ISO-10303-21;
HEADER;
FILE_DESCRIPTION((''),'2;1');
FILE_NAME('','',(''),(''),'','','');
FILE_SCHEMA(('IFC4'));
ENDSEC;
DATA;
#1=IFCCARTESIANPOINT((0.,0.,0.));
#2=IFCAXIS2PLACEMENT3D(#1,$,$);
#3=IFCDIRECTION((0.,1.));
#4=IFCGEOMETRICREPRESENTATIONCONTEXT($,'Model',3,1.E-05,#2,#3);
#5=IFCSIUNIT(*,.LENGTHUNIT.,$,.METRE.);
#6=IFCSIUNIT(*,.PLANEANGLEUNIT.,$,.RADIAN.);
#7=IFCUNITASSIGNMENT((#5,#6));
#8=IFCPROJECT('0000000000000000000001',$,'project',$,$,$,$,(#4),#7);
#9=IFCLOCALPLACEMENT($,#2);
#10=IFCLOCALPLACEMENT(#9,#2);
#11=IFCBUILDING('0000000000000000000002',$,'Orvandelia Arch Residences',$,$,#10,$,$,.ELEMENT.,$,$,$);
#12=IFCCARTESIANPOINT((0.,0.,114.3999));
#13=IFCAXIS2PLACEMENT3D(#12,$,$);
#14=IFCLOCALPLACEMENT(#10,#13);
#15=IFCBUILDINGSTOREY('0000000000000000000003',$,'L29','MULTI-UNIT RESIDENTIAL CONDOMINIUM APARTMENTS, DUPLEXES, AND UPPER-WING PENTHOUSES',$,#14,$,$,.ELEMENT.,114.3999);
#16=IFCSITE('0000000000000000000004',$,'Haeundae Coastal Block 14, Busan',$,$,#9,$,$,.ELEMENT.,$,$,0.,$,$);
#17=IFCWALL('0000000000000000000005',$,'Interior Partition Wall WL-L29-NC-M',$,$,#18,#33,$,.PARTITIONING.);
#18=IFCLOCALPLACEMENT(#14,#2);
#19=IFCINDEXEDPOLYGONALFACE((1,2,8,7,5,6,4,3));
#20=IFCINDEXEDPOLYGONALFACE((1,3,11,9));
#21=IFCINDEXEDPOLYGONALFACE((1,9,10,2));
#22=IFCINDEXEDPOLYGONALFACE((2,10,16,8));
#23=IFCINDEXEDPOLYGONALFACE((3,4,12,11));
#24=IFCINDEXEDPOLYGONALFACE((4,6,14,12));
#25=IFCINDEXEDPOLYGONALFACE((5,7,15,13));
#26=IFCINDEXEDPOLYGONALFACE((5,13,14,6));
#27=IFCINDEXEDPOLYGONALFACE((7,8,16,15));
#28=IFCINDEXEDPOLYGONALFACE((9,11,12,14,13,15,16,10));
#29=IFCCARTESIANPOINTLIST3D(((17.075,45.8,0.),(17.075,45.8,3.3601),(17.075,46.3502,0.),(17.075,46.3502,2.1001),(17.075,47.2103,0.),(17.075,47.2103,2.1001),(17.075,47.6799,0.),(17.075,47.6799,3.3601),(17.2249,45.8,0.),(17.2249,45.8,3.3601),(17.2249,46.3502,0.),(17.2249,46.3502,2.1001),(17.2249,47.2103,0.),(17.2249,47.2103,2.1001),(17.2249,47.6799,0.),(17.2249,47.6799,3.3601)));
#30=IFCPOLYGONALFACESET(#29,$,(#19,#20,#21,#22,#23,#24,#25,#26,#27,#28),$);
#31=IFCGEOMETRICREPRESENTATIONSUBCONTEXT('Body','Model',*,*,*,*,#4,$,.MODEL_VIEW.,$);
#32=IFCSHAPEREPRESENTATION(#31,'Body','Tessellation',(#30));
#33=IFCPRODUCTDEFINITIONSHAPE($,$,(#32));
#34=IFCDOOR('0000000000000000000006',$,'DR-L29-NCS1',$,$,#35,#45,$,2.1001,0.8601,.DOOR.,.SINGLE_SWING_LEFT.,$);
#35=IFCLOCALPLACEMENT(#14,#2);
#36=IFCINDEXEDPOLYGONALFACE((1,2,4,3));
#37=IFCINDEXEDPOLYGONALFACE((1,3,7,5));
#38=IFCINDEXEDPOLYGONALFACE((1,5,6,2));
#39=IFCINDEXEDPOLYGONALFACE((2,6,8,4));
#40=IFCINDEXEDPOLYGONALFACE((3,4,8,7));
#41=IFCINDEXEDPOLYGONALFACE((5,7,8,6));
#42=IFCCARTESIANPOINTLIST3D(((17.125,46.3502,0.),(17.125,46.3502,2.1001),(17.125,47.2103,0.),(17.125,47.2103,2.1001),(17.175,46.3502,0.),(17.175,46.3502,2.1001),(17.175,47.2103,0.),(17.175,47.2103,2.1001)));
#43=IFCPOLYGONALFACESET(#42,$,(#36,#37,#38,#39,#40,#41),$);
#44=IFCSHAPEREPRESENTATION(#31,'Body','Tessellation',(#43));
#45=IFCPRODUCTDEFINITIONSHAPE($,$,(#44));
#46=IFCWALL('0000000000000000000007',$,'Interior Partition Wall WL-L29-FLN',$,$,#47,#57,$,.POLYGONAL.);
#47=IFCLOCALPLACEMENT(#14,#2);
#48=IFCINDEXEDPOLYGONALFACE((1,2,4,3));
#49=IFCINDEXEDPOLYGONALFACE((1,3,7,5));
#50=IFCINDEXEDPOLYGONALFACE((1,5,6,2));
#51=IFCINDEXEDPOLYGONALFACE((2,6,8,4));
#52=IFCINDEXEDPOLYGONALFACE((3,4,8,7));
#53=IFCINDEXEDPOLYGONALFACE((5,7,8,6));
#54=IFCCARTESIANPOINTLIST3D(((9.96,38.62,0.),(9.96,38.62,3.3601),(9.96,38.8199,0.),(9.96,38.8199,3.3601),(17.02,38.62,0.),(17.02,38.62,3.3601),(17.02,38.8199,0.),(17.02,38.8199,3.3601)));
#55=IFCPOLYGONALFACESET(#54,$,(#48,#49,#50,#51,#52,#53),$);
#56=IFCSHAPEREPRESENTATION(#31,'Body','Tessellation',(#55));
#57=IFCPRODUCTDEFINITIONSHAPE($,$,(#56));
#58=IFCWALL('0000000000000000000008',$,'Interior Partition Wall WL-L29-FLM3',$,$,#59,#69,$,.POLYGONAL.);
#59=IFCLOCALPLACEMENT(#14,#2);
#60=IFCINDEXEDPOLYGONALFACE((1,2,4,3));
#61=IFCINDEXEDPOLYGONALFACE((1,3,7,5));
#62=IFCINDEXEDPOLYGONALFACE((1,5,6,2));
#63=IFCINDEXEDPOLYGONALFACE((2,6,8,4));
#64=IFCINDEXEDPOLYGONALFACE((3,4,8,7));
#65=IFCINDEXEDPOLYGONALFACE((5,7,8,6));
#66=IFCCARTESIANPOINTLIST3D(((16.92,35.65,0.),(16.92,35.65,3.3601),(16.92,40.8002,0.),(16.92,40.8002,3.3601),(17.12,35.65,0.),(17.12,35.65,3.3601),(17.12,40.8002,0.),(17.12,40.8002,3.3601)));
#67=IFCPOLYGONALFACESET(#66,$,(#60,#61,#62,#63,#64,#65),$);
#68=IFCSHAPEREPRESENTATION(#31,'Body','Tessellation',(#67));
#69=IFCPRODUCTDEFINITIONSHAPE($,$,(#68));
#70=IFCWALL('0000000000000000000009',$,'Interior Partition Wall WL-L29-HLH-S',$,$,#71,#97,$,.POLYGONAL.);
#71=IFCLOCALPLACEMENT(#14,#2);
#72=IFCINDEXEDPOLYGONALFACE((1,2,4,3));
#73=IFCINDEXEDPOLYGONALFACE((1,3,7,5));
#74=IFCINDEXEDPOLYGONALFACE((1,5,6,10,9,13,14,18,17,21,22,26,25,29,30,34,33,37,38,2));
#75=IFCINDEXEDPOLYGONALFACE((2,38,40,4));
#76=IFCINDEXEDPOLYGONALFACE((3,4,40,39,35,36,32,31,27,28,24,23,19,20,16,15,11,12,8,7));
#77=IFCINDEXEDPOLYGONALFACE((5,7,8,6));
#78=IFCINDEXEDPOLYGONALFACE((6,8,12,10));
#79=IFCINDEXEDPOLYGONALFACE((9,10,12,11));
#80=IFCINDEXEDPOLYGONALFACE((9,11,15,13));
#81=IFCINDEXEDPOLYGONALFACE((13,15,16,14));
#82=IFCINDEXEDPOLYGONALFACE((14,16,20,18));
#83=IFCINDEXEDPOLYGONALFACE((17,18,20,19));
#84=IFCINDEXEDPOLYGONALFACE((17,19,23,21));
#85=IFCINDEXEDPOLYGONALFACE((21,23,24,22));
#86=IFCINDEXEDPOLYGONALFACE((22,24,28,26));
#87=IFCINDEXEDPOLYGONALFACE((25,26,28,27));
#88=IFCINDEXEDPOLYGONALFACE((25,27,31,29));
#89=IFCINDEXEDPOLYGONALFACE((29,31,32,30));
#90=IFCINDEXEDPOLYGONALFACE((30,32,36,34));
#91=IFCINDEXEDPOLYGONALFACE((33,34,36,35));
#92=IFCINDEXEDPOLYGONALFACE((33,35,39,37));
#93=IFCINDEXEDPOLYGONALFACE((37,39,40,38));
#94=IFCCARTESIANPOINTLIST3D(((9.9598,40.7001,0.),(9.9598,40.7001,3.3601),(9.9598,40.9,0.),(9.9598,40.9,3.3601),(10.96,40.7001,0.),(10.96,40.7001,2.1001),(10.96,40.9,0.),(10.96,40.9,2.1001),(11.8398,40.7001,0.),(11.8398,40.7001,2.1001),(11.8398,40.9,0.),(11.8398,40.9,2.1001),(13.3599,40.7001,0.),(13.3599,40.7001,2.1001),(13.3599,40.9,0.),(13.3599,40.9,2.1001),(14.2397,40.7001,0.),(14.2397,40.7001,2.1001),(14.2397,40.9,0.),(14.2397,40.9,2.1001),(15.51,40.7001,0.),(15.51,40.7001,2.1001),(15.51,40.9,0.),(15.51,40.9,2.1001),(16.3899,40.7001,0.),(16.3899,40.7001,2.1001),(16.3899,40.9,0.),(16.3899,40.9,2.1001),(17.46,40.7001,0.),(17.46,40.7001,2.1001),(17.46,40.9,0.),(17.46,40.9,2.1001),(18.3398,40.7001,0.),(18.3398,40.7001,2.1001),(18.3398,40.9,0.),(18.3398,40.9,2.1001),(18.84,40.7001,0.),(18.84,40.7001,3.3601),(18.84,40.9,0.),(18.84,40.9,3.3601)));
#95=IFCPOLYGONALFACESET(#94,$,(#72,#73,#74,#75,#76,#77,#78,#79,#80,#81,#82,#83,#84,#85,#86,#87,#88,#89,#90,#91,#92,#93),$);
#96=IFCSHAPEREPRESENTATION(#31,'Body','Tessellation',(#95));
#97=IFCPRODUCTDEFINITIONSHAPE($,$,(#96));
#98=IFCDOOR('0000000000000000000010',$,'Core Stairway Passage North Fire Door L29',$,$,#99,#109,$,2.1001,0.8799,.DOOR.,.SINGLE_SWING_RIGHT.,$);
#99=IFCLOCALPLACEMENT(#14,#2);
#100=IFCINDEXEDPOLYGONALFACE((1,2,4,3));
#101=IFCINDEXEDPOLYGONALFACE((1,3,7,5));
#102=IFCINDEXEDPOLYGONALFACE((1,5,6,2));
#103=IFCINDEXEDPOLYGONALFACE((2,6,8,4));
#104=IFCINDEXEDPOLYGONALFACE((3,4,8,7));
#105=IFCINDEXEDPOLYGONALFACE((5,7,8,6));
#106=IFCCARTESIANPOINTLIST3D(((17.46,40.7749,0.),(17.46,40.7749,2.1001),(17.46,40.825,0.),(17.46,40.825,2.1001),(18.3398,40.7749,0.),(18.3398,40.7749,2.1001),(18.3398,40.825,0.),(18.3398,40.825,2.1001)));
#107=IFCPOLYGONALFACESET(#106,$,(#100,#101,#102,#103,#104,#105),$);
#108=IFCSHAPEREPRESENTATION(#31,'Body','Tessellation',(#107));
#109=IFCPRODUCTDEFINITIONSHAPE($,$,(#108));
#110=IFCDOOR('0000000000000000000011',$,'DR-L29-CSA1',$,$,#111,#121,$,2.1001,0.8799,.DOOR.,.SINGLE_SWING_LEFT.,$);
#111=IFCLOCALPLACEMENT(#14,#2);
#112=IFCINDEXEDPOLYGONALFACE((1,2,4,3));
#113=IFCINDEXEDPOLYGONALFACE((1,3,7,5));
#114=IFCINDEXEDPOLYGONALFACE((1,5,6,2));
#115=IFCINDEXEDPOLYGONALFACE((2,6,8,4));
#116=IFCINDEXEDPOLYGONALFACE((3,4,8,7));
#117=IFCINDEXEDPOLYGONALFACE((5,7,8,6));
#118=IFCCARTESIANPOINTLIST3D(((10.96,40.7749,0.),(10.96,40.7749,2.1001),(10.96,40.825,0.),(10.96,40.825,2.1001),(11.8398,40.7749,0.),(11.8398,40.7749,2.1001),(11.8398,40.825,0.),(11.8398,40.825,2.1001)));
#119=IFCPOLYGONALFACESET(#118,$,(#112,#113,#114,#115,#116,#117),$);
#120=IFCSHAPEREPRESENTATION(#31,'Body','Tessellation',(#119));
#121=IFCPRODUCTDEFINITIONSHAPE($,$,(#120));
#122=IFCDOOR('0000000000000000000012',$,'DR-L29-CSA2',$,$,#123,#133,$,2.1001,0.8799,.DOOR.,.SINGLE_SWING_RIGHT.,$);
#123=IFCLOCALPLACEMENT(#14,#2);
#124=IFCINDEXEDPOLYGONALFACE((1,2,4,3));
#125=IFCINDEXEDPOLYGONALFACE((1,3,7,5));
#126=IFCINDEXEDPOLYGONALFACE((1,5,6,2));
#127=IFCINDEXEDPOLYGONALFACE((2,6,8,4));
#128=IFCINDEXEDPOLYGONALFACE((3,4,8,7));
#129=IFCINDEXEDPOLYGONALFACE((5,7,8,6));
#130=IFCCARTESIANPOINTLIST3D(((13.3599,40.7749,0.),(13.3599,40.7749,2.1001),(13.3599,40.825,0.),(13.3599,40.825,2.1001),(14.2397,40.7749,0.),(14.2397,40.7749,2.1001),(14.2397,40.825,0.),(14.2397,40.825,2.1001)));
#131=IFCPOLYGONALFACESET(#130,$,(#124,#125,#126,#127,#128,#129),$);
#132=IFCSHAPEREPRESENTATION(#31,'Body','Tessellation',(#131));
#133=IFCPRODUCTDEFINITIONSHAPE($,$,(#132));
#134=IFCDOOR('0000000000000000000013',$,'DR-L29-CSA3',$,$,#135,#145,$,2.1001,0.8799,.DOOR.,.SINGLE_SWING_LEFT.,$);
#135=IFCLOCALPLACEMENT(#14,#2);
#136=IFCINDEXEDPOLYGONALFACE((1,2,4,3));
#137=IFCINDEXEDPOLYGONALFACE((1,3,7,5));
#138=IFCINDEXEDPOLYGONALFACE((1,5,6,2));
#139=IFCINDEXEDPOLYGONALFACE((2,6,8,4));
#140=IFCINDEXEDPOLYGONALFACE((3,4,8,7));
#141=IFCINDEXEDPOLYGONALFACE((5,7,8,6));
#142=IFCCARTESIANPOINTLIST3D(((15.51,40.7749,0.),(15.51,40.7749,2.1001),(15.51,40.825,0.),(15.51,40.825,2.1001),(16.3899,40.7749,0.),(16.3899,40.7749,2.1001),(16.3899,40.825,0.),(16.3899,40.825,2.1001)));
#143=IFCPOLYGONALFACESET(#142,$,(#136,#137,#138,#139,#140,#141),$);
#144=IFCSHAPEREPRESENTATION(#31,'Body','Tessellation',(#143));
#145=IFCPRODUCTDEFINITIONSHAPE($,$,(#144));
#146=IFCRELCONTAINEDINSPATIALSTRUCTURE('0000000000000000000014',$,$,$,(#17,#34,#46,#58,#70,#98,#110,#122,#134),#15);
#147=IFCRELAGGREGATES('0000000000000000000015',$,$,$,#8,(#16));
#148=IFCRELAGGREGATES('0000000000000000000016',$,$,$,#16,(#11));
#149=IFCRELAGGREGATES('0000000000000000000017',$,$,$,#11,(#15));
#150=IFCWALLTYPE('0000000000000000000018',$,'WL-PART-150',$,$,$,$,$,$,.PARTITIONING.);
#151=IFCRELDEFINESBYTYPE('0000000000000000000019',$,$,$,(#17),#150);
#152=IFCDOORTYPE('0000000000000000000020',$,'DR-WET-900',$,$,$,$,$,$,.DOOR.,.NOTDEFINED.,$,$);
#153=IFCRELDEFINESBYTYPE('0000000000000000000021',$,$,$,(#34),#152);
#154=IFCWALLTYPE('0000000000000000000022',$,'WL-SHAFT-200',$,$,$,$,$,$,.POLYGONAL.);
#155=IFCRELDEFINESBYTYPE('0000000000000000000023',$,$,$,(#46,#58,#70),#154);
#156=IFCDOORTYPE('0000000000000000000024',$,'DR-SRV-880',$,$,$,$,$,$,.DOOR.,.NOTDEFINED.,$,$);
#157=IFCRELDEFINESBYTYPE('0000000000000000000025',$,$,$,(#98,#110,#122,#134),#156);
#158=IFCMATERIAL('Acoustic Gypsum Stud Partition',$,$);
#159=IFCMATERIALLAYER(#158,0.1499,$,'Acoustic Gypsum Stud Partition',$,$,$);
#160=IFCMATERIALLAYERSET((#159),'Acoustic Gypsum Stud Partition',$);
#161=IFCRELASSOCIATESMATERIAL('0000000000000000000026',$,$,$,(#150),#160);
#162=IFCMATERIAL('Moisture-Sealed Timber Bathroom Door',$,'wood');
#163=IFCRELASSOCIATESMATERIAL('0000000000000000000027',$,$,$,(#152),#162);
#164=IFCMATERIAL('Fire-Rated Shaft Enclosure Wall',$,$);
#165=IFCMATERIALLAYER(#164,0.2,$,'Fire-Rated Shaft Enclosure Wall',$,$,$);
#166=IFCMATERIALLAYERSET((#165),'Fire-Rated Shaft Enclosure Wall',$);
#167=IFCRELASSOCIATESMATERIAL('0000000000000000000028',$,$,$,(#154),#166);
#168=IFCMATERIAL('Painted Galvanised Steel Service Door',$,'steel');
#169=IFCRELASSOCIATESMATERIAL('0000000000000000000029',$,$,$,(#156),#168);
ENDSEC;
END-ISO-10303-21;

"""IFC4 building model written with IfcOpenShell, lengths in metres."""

from ifc_helpers import new_model, si_unit, direction, frame, frame_2d, origin, place, context, subcontext, project, spatial, rectangle, extrude, material, layer, layer_set, type_object, element, fill, save


model = new_model("IFC4")

# Units and contexts
model_context = context("Model", 3, precision=1e-05, world=origin(), true_north=direction((0.0, 1.0)))
body_context = subcontext(model_context, "Body", "Model", "MODEL_VIEW")
ifc_project = project(units=[si_unit("LENGTHUNIT", "METRE"), si_unit("PLANEANGLEUNIT", "RADIAN")], contexts=[model_context])

# Site, building, storey
site_placement = place(None, origin())
site = spatial("IfcSite", under=ifc_project, at=site_placement, Name="Haeundae Coastal Block 14, Busan", CompositionType="ELEMENT", RefElevation=0.0)
building_placement = place(site_placement, origin())
building = spatial("IfcBuilding", under=site, at=building_placement, Name="Orvandelia Arch Residences", CompositionType="ELEMENT")
storey_placement = place(building_placement, frame((0.0, 0.0, 114.3999)))
storey = spatial("IfcBuildingStorey", under=building, at=storey_placement, Name="L29", Description="MULTI-UNIT RESIDENTIAL CONDOMINIUM APARTMENTS, DUPLEXES, AND UPPER-WING PENTHOUSES", CompositionType="ELEMENT", Elevation=114.3999)

# Shared definitions
ifc_material_1 = material(Name="Acoustic Gypsum Stud Partition")
ifc_layer_1 = layer(ifc_material_1, 0.1499, Name="Acoustic Gypsum Stud Partition")
ifc_layer_set_1 = layer_set([ifc_layer_1], Name="Acoustic Gypsum Stud Partition")
wall_type_1 = type_object("IfcWallType", Name="WL-PART-150", PredefinedType="PARTITIONING", material=ifc_layer_set_1)

# Wall, opening, door
wall_1_placement = place(storey_placement, frame((17.1499, 45.8, 0.0), z_axis=(0.0, 0.0, 1.0), x_axis=(0.0, 1.0, 0.0)))
wall_1 = element("IfcWall", 1, at=wall_1_placement, inside=storey, type_object=wall_type_1, Name="Interior Partition Wall WL-L29-NC-M", PredefinedType="PARTITIONING", context=body_context, shape_type="SweptSolid", body=[
    extrude(rectangle(XDim=1.8799, YDim=0.1499, at=frame_2d((0.9399, 0.0))), origin(), (0.0, 0.0, 1.0), 3.3601),
])
opening_1_placement = place(wall_1_placement, frame((0.55, 0.0, 0.0)))
opening_1 = element("IfcOpeningElement", 2, at=opening_1_placement, cuts=wall_1, PredefinedType="OPENING", context=body_context, shape_type="SweptSolid", body=[
    extrude(rectangle(XDim=0.8601, YDim=2.1001, at=frame_2d((0.4302, 1.05))), frame((0.0, 0.085, 0.0), z_axis=(0.0, -1.0, 0.0), x_axis=(1.0, 0.0, 0.0)), (0.0, 0.0, 1.0), 0.1699),
])
ifc_material_2 = material(Name="Moisture-Sealed Timber Bathroom Door", Category="wood")
door_type_1 = type_object("IfcDoorType", Name="DR-WET-900", OperationType="NOTDEFINED", PredefinedType="DOOR", material=ifc_material_2)
door_1_placement = place(opening_1_placement, origin())
door_1 = element("IfcDoor", 3, at=door_1_placement, inside=storey, type_object=door_type_1, Name="DR-L29-NCS1", OperationType="SINGLE_SWING_LEFT", OverallHeight=2.1001, OverallWidth=0.8601, PredefinedType="DOOR", context=body_context, shape_type="SweptSolid", body=[
    extrude(rectangle(XDim=0.8601, YDim=2.1001, at=frame_2d((0.4302, 1.05))), frame((0.0, 0.0249, 0.0), z_axis=(0.0, -1.0, 0.0), x_axis=(1.0, 0.0, 0.0)), (0.0, 0.0, 1.0), 0.05),
])
fill(opening_1, door_1)

# Walls
ifc_material_3 = material(Name="Fire-Rated Shaft Enclosure Wall")
ifc_layer_2 = layer(ifc_material_3, 0.2, Name="Fire-Rated Shaft Enclosure Wall")
ifc_layer_set_2 = layer_set([ifc_layer_2], Name="Fire-Rated Shaft Enclosure Wall")
wall_type_2 = type_object("IfcWallType", Name="WL-SHAFT-200", PredefinedType="POLYGONAL", material=ifc_layer_set_2)
wall_2_placement = place(storey_placement, frame((9.96, 38.72, 0.0), z_axis=(0.0, 0.0, 1.0), x_axis=(1.0, 0.0, 0.0)))
element("IfcWall", 4, at=wall_2_placement, inside=storey, type_object=wall_type_2, Name="Interior Partition Wall WL-L29-FLN", PredefinedType="POLYGONAL", context=body_context, shape_type="SweptSolid", body=[
    extrude(rectangle(XDim=7.0601, YDim=0.2, at=frame_2d((3.53, 0.0))), origin(), (0.0, 0.0, 1.0), 3.3601),
])
wall_3_placement = place(storey_placement, frame((17.02, 35.6499, 0.0), z_axis=(0.0, 0.0, 1.0), x_axis=(0.0, 1.0, 0.0)))
element("IfcWall", 5, at=wall_3_placement, inside=storey, type_object=wall_type_2, Name="Interior Partition Wall WL-L29-FLM3", PredefinedType="POLYGONAL", context=body_context, shape_type="SweptSolid", body=[
    extrude(rectangle(XDim=5.1501, YDim=0.2, at=frame_2d((2.5752, 0.0))), origin(), (0.0, 0.0, 1.0), 3.3601),
])

# Wall, openings, doors
wall_4_placement = place(storey_placement, frame((9.96, 40.8, 0.0), z_axis=(0.0, 0.0, 1.0), x_axis=(1.0, 0.0, 0.0)))
wall_4 = element("IfcWall", 6, at=wall_4_placement, inside=storey, type_object=wall_type_2, Name="Interior Partition Wall WL-L29-HLH-S", PredefinedType="POLYGONAL", context=body_context, shape_type="SweptSolid", body=[
    extrude(rectangle(XDim=8.8801, YDim=0.2, at=frame_2d((4.4399, 0.0))), origin(), (0.0, 0.0, 1.0), 3.3601),
])
opening_2_placement = place(wall_4_placement, frame((7.5, 0.0, 0.0)))
opening_2 = element("IfcOpeningElement", 7, at=opening_2_placement, cuts=wall_4, PredefinedType="OPENING", context=body_context, shape_type="SweptSolid", body=[
    extrude(rectangle(XDim=0.8799, YDim=2.1001, at=frame_2d((0.4399, 1.05))), frame((0.0, 0.1099, 0.0), z_axis=(0.0, -1.0, 0.0), x_axis=(1.0, 0.0, 0.0)), (0.0, 0.0, 1.0), 0.22),
])
opening_3_placement = place(wall_4_placement, frame((1.0, 0.0, 0.0)))
opening_3 = element("IfcOpeningElement", 8, at=opening_3_placement, cuts=wall_4, PredefinedType="OPENING", context=body_context, shape_type="SweptSolid", body=[
    extrude(rectangle(XDim=0.8799, YDim=2.1001, at=frame_2d((0.4399, 1.05))), frame((0.0, 0.1099, 0.0), z_axis=(0.0, -1.0, 0.0), x_axis=(1.0, 0.0, 0.0)), (0.0, 0.0, 1.0), 0.22),
])
opening_4_placement = place(wall_4_placement, frame((3.3999, 0.0, 0.0)))
opening_4 = element("IfcOpeningElement", 9, at=opening_4_placement, cuts=wall_4, PredefinedType="OPENING", context=body_context, shape_type="SweptSolid", body=[
    extrude(rectangle(XDim=0.8799, YDim=2.1001, at=frame_2d((0.4399, 1.05))), frame((0.0, 0.1099, 0.0), z_axis=(0.0, -1.0, 0.0), x_axis=(1.0, 0.0, 0.0)), (0.0, 0.0, 1.0), 0.22),
])
opening_5_placement = place(wall_4_placement, frame((5.55, 0.0, 0.0)))
opening_5 = element("IfcOpeningElement", 10, at=opening_5_placement, cuts=wall_4, PredefinedType="OPENING", context=body_context, shape_type="SweptSolid", body=[
    extrude(rectangle(XDim=0.8799, YDim=2.1001, at=frame_2d((0.4399, 1.05))), frame((0.0, 0.1099, 0.0), z_axis=(0.0, -1.0, 0.0), x_axis=(1.0, 0.0, 0.0)), (0.0, 0.0, 1.0), 0.22),
])
ifc_material_4 = material(Name="Painted Galvanised Steel Service Door", Category="steel")
door_type_2 = type_object("IfcDoorType", Name="DR-SRV-880", OperationType="NOTDEFINED", PredefinedType="DOOR", material=ifc_material_4)
door_2_placement = place(opening_2_placement, origin())
door_2 = element("IfcDoor", 11, at=door_2_placement, inside=storey, type_object=door_type_2, Name="Core Stairway Passage North Fire Door L29", OperationType="SINGLE_SWING_RIGHT", OverallHeight=2.1001, OverallWidth=0.8799, PredefinedType="DOOR", context=body_context, shape_type="SweptSolid", body=[
    extrude(rectangle(XDim=0.8799, YDim=2.1001, at=frame_2d((0.4399, 1.05))), frame((0.0, 0.0249, 0.0), z_axis=(0.0, -1.0, 0.0), x_axis=(1.0, 0.0, 0.0)), (0.0, 0.0, 1.0), 0.05),
])
fill(opening_2, door_2)
door_3_placement = place(opening_3_placement, origin())
door_3 = element("IfcDoor", 12, at=door_3_placement, inside=storey, type_object=door_type_2, Name="DR-L29-CSA1", OperationType="SINGLE_SWING_LEFT", OverallHeight=2.1001, OverallWidth=0.8799, PredefinedType="DOOR", context=body_context, shape_type="SweptSolid", body=[
    extrude(rectangle(XDim=0.8799, YDim=2.1001, at=frame_2d((0.4399, 1.05))), frame((0.0, 0.0249, 0.0), z_axis=(0.0, -1.0, 0.0), x_axis=(1.0, 0.0, 0.0)), (0.0, 0.0, 1.0), 0.05),
])
fill(opening_3, door_3)
door_4_placement = place(opening_4_placement, origin())
door_4 = element("IfcDoor", 13, at=door_4_placement, inside=storey, type_object=door_type_2, Name="DR-L29-CSA2", OperationType="SINGLE_SWING_RIGHT", OverallHeight=2.1001, OverallWidth=0.8799, PredefinedType="DOOR", context=body_context, shape_type="SweptSolid", body=[
    extrude(rectangle(XDim=0.8799, YDim=2.1001, at=frame_2d((0.4399, 1.05))), frame((0.0, 0.0249, 0.0), z_axis=(0.0, -1.0, 0.0), x_axis=(1.0, 0.0, 0.0)), (0.0, 0.0, 1.0), 0.05),
])
fill(opening_4, door_4)
door_5_placement = place(opening_5_placement, origin())
door_5 = element("IfcDoor", 14, at=door_5_placement, inside=storey, type_object=door_type_2, Name="DR-L29-CSA3", OperationType="SINGLE_SWING_LEFT", OverallHeight=2.1001, OverallWidth=0.8799, PredefinedType="DOOR", context=body_context, shape_type="SweptSolid", body=[
    extrude(rectangle(XDim=0.8799, YDim=2.1001, at=frame_2d((0.4399, 1.05))), frame((0.0, 0.0249, 0.0), z_axis=(0.0, -1.0, 0.0), x_axis=(1.0, 0.0, 0.0)), (0.0, 0.0, 1.0), 0.05),
])
fill(opening_5, door_5)

save(model, "model.ifc")
